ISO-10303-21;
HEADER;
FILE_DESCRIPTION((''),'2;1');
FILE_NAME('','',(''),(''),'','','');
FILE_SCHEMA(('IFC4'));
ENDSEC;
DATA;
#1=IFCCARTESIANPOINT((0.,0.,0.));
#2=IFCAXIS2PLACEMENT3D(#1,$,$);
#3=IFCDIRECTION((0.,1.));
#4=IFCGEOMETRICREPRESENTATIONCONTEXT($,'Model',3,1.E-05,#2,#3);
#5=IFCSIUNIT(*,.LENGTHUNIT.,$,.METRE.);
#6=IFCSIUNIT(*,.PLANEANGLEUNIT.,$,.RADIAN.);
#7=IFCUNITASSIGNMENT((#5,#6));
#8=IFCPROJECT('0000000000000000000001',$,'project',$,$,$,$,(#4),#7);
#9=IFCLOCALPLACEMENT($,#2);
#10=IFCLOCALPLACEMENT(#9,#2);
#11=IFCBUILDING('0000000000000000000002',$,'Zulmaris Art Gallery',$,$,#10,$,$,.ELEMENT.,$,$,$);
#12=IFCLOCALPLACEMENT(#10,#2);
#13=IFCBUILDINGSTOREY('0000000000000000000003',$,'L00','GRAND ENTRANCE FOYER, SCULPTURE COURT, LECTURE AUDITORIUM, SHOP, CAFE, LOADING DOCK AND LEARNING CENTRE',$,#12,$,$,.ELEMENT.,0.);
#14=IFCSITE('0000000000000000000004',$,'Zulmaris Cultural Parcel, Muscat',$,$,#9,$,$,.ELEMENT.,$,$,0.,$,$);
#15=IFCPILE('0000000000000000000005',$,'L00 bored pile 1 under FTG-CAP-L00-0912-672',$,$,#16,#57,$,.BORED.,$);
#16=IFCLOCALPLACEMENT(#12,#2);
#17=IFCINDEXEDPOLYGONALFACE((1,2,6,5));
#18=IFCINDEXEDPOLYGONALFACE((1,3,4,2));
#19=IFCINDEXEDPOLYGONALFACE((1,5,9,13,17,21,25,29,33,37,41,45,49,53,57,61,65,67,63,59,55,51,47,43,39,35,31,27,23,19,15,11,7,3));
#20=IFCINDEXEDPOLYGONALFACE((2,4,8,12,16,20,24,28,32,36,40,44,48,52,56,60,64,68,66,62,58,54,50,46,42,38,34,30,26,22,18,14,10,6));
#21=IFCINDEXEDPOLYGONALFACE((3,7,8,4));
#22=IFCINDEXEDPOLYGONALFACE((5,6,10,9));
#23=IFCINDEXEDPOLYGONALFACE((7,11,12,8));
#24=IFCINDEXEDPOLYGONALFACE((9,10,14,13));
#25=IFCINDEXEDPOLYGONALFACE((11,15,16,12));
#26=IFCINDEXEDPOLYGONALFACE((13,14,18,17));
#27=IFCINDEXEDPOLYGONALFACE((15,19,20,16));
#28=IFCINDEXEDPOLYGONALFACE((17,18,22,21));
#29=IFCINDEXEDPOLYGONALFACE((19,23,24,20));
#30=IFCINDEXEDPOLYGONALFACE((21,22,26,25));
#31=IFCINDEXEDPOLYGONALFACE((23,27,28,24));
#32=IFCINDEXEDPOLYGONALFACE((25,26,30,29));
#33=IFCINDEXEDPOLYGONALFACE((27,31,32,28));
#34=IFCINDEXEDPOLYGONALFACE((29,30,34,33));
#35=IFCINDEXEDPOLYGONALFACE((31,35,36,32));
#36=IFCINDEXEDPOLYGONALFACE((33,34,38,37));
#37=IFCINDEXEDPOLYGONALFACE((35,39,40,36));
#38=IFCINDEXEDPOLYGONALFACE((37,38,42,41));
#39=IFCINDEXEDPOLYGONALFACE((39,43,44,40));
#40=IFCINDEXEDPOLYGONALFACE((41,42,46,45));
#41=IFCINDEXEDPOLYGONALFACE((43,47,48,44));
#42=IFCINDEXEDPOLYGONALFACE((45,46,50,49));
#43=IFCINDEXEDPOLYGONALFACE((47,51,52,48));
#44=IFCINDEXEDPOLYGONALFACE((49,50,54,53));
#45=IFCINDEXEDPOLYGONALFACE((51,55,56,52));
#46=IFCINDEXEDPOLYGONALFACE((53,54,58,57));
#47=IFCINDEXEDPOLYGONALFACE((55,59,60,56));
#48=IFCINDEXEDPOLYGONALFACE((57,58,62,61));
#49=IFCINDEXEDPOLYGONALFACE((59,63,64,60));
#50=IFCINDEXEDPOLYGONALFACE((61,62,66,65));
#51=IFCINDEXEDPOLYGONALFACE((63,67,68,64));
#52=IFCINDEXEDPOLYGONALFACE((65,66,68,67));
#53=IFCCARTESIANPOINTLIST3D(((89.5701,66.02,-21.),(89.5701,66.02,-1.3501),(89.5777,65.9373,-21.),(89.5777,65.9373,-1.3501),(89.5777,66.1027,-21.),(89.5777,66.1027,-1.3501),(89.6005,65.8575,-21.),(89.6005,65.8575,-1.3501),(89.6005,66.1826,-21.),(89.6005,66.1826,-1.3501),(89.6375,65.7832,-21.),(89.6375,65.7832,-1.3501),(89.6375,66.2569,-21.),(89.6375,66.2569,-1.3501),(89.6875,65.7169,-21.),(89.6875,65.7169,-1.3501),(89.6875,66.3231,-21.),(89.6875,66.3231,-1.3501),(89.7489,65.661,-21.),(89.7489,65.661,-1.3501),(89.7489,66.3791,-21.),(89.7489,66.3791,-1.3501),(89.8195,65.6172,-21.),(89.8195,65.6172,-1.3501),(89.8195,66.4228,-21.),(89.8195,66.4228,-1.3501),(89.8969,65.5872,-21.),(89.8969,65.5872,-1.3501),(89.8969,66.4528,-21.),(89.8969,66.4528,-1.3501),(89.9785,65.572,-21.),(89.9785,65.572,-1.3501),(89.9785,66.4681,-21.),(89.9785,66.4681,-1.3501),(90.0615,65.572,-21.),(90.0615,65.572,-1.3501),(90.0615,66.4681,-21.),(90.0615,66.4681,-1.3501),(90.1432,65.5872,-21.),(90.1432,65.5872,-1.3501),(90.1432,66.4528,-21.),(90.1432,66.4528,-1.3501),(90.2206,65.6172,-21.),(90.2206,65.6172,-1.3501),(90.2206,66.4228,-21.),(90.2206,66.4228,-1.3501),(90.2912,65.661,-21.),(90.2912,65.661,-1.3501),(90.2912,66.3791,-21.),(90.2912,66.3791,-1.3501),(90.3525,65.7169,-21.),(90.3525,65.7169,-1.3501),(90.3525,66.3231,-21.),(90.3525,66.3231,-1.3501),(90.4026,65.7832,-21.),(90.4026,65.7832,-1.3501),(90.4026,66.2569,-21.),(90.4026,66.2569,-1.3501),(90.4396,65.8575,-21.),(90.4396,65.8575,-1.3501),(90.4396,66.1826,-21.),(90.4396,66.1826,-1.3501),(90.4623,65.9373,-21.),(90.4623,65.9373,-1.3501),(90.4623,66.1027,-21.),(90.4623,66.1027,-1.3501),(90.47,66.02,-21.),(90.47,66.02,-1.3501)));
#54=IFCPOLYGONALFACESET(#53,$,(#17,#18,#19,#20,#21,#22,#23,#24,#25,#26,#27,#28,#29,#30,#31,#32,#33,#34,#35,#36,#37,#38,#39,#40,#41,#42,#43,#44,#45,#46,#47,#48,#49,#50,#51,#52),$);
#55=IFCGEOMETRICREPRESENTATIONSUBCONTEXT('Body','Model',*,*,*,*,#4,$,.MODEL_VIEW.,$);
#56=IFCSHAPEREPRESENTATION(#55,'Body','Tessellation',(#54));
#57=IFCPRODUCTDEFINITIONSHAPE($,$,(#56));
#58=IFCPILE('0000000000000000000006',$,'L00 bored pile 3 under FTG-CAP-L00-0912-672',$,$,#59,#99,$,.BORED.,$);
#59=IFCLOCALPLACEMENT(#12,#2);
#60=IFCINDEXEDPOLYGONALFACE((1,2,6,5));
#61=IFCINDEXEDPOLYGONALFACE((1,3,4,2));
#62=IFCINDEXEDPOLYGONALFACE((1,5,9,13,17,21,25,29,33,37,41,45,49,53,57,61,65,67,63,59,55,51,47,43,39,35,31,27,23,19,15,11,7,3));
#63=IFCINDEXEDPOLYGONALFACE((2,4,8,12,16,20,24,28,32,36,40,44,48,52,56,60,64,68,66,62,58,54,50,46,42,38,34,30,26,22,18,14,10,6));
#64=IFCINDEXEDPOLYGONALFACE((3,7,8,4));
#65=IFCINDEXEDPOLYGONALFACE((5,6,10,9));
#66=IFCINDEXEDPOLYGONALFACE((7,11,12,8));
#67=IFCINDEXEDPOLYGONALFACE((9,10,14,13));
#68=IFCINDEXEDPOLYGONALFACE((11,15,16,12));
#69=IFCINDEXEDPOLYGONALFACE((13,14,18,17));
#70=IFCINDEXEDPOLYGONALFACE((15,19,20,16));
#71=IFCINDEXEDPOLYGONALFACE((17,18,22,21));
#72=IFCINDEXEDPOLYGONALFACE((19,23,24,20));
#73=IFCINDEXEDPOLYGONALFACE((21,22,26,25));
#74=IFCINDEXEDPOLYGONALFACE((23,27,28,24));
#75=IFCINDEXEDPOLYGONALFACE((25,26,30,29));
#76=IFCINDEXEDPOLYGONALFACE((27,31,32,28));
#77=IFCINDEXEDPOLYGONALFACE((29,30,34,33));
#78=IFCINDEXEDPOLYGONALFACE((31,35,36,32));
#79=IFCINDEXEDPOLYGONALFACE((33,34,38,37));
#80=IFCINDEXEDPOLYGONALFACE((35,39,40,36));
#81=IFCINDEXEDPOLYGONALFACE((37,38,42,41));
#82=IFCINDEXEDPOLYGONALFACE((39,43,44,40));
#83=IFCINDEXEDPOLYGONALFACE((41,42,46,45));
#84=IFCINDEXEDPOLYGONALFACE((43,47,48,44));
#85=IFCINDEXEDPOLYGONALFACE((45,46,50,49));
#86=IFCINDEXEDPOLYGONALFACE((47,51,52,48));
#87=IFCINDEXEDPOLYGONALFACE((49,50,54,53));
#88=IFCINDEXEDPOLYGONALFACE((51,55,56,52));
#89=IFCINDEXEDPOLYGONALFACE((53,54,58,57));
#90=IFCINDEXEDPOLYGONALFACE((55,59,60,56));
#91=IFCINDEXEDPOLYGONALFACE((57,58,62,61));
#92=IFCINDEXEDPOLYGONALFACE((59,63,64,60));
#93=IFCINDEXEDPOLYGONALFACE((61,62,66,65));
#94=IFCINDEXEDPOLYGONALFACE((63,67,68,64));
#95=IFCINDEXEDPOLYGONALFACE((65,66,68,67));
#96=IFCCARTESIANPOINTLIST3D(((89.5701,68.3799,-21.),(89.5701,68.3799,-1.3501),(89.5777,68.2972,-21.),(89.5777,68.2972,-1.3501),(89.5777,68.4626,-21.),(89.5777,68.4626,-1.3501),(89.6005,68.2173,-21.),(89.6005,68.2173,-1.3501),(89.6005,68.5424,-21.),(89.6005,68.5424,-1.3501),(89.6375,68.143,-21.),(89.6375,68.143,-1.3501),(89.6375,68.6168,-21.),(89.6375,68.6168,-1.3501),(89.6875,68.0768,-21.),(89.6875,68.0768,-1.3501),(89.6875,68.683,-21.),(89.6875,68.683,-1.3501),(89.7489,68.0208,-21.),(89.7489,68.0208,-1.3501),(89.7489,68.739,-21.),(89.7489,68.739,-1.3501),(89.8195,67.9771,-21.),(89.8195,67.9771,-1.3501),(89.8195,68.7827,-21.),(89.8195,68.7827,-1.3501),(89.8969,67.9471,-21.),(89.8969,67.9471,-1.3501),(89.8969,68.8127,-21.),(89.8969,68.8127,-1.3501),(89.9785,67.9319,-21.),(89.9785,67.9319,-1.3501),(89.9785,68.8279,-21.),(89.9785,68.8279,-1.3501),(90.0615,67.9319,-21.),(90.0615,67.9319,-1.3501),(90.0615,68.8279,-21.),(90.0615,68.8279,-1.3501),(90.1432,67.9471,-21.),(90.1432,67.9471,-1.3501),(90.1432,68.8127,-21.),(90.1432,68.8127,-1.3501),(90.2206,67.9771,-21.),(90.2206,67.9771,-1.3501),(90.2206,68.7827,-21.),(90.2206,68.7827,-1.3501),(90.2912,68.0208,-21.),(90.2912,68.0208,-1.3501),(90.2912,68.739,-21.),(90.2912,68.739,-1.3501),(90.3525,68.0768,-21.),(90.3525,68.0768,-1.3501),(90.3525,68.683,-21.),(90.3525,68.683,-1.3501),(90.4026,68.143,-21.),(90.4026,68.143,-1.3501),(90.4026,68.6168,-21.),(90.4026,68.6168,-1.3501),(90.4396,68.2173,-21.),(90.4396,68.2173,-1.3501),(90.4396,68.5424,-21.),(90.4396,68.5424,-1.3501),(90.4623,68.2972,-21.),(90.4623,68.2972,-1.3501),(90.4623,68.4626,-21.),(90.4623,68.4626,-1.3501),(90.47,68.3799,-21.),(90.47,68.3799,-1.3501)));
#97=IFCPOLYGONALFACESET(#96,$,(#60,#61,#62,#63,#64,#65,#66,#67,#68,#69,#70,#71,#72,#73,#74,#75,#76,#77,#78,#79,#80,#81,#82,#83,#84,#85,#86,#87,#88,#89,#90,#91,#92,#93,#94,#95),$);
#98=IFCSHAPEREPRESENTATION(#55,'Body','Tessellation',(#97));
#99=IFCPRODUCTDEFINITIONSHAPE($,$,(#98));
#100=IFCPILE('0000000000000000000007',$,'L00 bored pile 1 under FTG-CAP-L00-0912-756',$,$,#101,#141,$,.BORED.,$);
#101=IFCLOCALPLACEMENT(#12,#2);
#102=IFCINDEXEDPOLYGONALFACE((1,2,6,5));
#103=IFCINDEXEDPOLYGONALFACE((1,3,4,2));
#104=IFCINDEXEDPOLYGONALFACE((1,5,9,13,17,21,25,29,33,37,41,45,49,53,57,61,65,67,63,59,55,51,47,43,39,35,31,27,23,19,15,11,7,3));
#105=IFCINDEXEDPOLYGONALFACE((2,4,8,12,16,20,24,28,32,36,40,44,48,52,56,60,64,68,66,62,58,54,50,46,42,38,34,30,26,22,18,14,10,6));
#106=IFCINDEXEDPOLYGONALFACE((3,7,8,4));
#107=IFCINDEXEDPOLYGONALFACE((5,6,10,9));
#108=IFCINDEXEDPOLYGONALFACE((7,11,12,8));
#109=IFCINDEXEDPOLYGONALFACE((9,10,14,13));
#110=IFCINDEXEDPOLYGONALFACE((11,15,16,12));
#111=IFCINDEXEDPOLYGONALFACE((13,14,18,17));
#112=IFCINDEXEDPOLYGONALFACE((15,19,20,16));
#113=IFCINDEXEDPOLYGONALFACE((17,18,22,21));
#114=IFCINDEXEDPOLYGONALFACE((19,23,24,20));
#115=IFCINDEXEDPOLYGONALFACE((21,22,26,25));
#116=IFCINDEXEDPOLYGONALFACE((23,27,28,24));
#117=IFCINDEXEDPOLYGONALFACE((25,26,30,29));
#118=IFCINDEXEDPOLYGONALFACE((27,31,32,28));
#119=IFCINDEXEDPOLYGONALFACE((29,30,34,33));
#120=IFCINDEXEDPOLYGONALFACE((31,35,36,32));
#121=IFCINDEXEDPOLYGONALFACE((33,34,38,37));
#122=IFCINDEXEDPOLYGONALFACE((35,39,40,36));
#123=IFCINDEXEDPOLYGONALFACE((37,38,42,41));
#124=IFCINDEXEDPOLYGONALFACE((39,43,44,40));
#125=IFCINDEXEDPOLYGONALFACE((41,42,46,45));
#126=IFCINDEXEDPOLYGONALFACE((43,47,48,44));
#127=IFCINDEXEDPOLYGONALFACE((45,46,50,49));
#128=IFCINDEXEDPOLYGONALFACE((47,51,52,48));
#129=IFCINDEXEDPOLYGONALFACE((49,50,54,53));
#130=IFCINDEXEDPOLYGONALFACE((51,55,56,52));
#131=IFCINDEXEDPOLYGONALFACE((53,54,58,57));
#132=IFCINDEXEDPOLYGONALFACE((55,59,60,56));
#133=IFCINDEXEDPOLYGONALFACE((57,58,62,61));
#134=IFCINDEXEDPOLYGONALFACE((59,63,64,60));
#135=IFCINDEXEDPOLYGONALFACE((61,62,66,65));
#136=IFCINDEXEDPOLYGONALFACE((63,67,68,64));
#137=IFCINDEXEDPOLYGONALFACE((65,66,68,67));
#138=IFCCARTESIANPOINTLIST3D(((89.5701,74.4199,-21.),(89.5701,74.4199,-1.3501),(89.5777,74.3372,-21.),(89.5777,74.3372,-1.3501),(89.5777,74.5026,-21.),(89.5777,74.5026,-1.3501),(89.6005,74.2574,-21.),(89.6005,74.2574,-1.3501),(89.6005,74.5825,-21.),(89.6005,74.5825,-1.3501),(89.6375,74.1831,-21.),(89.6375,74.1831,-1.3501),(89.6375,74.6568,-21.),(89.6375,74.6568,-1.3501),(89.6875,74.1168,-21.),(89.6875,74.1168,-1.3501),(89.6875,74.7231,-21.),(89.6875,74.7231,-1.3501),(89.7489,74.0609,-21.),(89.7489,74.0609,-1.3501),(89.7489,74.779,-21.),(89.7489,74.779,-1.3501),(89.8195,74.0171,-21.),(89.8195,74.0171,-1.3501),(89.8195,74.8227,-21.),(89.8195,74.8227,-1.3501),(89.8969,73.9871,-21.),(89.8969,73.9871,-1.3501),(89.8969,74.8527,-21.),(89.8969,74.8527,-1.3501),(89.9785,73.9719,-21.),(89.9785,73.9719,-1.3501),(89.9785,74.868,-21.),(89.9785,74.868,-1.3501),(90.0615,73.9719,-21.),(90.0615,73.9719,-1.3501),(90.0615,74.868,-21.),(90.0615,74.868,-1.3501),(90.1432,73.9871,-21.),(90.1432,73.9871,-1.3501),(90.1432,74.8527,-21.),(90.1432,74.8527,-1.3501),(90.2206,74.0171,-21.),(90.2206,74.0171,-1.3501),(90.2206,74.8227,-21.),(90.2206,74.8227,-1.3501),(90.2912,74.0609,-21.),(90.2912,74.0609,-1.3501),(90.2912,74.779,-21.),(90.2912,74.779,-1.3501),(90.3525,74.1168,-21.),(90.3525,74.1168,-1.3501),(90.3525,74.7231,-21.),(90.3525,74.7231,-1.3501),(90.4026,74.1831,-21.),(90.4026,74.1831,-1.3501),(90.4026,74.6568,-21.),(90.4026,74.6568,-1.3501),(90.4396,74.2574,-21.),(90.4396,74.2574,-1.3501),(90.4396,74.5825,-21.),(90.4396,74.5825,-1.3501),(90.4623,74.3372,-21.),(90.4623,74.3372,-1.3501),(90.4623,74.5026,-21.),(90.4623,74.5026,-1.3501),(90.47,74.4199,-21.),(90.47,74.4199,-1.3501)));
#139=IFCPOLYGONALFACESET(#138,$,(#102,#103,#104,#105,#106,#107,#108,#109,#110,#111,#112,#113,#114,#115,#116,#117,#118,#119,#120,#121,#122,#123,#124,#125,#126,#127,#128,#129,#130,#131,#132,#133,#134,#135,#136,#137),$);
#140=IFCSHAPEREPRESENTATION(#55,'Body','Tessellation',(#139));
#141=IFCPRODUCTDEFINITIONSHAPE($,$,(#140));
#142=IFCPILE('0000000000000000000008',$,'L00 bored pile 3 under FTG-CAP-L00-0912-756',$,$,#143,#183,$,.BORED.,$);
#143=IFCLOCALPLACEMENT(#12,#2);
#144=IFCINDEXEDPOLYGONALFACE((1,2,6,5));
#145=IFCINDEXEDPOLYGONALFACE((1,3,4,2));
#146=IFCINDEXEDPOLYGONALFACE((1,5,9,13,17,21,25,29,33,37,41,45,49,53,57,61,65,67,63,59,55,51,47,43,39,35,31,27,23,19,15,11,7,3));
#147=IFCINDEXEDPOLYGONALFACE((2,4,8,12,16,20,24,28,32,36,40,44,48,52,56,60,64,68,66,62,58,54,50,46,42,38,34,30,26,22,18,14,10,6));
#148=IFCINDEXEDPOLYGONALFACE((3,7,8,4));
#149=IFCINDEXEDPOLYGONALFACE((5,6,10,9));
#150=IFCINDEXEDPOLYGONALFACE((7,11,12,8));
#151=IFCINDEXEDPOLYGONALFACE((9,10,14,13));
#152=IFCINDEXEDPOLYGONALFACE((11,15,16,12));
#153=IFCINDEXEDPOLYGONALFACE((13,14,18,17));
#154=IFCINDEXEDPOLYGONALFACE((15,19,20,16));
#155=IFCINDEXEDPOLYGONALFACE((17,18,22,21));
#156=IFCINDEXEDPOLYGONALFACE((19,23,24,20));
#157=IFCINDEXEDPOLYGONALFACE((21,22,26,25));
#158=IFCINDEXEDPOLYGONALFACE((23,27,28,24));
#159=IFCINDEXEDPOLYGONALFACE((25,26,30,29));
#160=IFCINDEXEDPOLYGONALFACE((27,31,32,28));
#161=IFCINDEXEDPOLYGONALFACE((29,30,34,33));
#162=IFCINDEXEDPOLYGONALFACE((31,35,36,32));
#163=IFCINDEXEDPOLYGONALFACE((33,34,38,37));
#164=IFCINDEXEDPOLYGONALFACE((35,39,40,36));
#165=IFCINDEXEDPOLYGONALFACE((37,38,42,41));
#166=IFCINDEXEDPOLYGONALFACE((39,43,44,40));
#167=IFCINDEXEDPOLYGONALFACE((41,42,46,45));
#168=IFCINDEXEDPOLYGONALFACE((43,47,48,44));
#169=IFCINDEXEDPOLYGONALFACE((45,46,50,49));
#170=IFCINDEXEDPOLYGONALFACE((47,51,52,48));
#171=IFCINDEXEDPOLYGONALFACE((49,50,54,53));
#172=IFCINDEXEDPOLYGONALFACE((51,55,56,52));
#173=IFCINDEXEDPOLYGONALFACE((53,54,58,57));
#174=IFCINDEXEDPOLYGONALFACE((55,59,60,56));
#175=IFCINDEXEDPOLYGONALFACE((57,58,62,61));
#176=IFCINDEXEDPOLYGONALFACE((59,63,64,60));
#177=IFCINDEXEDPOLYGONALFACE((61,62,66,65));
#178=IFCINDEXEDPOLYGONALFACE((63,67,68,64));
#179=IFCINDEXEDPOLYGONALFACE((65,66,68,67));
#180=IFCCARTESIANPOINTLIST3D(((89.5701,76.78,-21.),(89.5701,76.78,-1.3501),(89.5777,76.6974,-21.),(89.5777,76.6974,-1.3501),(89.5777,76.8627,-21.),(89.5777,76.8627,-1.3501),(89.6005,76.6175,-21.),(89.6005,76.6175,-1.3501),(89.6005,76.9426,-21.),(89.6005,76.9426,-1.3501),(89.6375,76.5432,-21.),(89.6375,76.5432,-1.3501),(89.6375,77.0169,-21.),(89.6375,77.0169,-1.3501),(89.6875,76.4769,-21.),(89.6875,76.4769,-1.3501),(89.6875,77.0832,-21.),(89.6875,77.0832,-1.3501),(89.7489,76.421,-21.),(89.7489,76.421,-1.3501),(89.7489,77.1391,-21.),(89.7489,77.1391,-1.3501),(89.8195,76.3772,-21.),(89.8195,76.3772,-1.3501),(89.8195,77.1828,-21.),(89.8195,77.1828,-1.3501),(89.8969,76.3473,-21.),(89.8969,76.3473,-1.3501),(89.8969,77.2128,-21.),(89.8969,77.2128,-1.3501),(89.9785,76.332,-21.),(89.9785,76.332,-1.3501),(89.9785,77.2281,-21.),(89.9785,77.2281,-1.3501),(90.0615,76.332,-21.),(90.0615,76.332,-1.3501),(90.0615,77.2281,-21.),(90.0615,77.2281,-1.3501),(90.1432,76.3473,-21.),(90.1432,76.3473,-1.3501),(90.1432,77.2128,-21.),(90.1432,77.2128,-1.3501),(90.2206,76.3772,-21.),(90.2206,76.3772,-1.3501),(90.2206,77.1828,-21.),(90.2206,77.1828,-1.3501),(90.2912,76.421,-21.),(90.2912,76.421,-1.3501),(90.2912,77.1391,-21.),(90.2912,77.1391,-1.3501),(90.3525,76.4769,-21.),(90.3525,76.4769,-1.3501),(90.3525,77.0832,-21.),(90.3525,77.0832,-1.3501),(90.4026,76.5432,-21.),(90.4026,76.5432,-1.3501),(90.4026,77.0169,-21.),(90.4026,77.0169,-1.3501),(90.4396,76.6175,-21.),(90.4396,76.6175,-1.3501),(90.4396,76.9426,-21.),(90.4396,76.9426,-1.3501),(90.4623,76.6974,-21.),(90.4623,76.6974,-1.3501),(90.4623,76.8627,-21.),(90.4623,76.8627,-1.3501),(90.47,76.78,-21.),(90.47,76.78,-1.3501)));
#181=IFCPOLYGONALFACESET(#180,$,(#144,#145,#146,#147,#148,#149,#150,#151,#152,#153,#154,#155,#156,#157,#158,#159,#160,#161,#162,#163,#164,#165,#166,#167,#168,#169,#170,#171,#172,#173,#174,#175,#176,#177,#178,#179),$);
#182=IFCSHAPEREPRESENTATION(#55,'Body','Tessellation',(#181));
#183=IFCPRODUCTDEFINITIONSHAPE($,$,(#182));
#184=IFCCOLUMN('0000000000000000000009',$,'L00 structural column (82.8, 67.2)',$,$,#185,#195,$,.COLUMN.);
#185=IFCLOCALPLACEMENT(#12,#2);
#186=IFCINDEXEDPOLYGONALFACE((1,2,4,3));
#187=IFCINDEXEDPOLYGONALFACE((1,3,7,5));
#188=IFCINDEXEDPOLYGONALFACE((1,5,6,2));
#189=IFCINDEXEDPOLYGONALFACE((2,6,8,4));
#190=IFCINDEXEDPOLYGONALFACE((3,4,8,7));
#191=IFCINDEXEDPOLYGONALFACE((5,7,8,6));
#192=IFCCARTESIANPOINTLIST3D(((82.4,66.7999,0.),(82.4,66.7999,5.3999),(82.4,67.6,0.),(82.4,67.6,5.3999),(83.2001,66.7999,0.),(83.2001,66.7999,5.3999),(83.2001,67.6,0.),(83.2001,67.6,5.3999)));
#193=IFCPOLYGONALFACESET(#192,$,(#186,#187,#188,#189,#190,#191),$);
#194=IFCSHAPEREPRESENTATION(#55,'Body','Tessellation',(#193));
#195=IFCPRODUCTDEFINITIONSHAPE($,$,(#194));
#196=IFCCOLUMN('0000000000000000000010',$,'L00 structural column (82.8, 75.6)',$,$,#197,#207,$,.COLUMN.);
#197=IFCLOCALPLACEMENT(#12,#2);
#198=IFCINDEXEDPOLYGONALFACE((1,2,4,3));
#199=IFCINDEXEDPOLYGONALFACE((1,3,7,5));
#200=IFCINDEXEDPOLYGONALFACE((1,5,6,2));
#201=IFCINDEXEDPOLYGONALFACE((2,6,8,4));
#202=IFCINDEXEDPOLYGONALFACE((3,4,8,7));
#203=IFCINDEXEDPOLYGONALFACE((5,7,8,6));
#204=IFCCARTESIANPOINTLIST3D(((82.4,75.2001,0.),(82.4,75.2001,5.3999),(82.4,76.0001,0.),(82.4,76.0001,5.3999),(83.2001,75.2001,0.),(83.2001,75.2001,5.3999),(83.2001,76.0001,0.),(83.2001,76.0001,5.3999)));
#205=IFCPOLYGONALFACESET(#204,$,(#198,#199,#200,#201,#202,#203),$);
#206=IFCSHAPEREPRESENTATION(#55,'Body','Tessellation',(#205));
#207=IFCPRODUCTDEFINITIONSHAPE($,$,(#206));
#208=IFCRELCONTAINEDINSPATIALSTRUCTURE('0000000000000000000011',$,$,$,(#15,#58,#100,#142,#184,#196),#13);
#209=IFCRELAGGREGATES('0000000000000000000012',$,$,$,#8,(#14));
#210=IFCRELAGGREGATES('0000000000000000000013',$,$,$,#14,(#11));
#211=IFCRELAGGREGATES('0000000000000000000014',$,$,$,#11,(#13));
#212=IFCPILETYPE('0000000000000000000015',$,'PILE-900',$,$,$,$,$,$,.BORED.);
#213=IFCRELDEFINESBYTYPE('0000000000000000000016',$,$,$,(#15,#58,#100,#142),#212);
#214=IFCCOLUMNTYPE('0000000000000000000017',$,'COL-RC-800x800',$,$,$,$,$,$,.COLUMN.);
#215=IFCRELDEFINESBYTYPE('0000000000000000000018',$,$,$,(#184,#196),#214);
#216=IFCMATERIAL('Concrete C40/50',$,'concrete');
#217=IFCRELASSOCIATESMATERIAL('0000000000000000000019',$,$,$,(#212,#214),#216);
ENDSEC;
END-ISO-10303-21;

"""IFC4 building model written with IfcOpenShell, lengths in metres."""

from ifc_helpers import new_model, si_unit, direction, frame, origin, origin_2d, place, context, subcontext, project, spatial, rectangle, circle, extrude, material, material_profile, profile_set, type_object, element, save


model = new_model("IFC4")

# Units and contexts
model_context = context("Model", 3, precision=1e-05, world=origin(), true_north=direction((0.0, 1.0)))
body_context = subcontext(model_context, "Body", "Model", "MODEL_VIEW")
ifc_project = project(units=[si_unit("LENGTHUNIT", "METRE"), si_unit("PLANEANGLEUNIT", "RADIAN")], contexts=[model_context])

# Site, building, storey
site_placement = place(None, origin())
site = spatial("IfcSite", under=ifc_project, at=site_placement, Name="Zulmaris Cultural Parcel, Muscat", CompositionType="ELEMENT", RefElevation=0.0)
building_placement = place(site_placement, origin())
building = spatial("IfcBuilding", under=site, at=building_placement, Name="Zulmaris Art Gallery", CompositionType="ELEMENT")
storey_placement = place(building_placement, origin())
storey = spatial("IfcBuildingStorey", under=building, at=storey_placement, Name="L00", Description="GRAND ENTRANCE FOYER, SCULPTURE COURT, LECTURE AUDITORIUM, SHOP, CAFE, LOADING DOCK AND LEARNING CENTRE", CompositionType="ELEMENT", Elevation=0.0)

# Piles
ifc_material_1 = material(Name="Concrete C40/50", Category="concrete")
ifc_material_profile_1 = material_profile(ifc_material_1, circle(Radius=0.45, at=origin_2d()), Name="PILE DIA 900")
ifc_profile_set_1 = profile_set([ifc_material_profile_1], Name="Concrete C40/50")
pile_type_1 = type_object("IfcPileType", Name="PILE-900", PredefinedType="BORED", material=ifc_profile_set_1)
for number, where, z_axis, x_axis, name in (
    (1, (90.02, 66.02, -1.3501), (0.0, 0.0, -1.0), (1.0, 0.0, 0.0), "L00 bored pile 1 under FTG-CAP-L00-0912-672"),
    (2, (90.02, 68.3799, -1.3501), (0.0, 0.0, -1.0), (1.0, 0.0, 0.0), "L00 bored pile 3 under FTG-CAP-L00-0912-672"),
    (3, (90.02, 74.4199, -1.3501), (0.0, 0.0, -1.0), (1.0, 0.0, 0.0), "L00 bored pile 1 under FTG-CAP-L00-0912-756"),
    (4, (90.02, 76.78, -1.3501), (0.0, 0.0, -1.0), (1.0, 0.0, 0.0), "L00 bored pile 3 under FTG-CAP-L00-0912-756"),
):
    element("IfcPile", number, at=place(storey_placement, frame(where, z_axis=z_axis, x_axis=x_axis)), inside=storey, type_object=pile_type_1, Name=name, PredefinedType="BORED", context=body_context, shape_type="SweptSolid", body=[
        extrude(circle(Radius=0.45, at=origin_2d()), origin(), (0.0, 0.0, 1.0), 19.6499),
    ])

# Columns
ifc_material_profile_2 = material_profile(ifc_material_1, rectangle(XDim=0.8, YDim=0.8, at=origin_2d()), Name="RC 800x800")
ifc_profile_set_2 = profile_set([ifc_material_profile_2], Name="Concrete C40/50")
column_type = type_object("IfcColumnType", Name="COL-RC-800x800", PredefinedType="COLUMN", material=ifc_profile_set_2)
for number, where, z_axis, x_axis, name in (
    (5, (82.8, 67.2, 0.0), (0.0, 0.0, 1.0), (1.0, 0.0, 0.0), "L00 structural column (82.8, 67.2)"),
    (6, (82.8, 75.6001, 0.0), (0.0, 0.0, 1.0), (1.0, 0.0, 0.0), "L00 structural column (82.8, 75.6)"),
):
    element("IfcColumn", number, at=place(storey_placement, frame(where, z_axis=z_axis, x_axis=x_axis)), inside=storey, type_object=column_type, Name=name, PredefinedType="COLUMN", context=body_context, shape_type="SweptSolid", body=[
        extrude(rectangle(XDim=0.8, YDim=0.8, at=origin_2d()), origin(), (0.0, 0.0, 1.0), 5.3999),
    ])

save(model, "model.ifc")
